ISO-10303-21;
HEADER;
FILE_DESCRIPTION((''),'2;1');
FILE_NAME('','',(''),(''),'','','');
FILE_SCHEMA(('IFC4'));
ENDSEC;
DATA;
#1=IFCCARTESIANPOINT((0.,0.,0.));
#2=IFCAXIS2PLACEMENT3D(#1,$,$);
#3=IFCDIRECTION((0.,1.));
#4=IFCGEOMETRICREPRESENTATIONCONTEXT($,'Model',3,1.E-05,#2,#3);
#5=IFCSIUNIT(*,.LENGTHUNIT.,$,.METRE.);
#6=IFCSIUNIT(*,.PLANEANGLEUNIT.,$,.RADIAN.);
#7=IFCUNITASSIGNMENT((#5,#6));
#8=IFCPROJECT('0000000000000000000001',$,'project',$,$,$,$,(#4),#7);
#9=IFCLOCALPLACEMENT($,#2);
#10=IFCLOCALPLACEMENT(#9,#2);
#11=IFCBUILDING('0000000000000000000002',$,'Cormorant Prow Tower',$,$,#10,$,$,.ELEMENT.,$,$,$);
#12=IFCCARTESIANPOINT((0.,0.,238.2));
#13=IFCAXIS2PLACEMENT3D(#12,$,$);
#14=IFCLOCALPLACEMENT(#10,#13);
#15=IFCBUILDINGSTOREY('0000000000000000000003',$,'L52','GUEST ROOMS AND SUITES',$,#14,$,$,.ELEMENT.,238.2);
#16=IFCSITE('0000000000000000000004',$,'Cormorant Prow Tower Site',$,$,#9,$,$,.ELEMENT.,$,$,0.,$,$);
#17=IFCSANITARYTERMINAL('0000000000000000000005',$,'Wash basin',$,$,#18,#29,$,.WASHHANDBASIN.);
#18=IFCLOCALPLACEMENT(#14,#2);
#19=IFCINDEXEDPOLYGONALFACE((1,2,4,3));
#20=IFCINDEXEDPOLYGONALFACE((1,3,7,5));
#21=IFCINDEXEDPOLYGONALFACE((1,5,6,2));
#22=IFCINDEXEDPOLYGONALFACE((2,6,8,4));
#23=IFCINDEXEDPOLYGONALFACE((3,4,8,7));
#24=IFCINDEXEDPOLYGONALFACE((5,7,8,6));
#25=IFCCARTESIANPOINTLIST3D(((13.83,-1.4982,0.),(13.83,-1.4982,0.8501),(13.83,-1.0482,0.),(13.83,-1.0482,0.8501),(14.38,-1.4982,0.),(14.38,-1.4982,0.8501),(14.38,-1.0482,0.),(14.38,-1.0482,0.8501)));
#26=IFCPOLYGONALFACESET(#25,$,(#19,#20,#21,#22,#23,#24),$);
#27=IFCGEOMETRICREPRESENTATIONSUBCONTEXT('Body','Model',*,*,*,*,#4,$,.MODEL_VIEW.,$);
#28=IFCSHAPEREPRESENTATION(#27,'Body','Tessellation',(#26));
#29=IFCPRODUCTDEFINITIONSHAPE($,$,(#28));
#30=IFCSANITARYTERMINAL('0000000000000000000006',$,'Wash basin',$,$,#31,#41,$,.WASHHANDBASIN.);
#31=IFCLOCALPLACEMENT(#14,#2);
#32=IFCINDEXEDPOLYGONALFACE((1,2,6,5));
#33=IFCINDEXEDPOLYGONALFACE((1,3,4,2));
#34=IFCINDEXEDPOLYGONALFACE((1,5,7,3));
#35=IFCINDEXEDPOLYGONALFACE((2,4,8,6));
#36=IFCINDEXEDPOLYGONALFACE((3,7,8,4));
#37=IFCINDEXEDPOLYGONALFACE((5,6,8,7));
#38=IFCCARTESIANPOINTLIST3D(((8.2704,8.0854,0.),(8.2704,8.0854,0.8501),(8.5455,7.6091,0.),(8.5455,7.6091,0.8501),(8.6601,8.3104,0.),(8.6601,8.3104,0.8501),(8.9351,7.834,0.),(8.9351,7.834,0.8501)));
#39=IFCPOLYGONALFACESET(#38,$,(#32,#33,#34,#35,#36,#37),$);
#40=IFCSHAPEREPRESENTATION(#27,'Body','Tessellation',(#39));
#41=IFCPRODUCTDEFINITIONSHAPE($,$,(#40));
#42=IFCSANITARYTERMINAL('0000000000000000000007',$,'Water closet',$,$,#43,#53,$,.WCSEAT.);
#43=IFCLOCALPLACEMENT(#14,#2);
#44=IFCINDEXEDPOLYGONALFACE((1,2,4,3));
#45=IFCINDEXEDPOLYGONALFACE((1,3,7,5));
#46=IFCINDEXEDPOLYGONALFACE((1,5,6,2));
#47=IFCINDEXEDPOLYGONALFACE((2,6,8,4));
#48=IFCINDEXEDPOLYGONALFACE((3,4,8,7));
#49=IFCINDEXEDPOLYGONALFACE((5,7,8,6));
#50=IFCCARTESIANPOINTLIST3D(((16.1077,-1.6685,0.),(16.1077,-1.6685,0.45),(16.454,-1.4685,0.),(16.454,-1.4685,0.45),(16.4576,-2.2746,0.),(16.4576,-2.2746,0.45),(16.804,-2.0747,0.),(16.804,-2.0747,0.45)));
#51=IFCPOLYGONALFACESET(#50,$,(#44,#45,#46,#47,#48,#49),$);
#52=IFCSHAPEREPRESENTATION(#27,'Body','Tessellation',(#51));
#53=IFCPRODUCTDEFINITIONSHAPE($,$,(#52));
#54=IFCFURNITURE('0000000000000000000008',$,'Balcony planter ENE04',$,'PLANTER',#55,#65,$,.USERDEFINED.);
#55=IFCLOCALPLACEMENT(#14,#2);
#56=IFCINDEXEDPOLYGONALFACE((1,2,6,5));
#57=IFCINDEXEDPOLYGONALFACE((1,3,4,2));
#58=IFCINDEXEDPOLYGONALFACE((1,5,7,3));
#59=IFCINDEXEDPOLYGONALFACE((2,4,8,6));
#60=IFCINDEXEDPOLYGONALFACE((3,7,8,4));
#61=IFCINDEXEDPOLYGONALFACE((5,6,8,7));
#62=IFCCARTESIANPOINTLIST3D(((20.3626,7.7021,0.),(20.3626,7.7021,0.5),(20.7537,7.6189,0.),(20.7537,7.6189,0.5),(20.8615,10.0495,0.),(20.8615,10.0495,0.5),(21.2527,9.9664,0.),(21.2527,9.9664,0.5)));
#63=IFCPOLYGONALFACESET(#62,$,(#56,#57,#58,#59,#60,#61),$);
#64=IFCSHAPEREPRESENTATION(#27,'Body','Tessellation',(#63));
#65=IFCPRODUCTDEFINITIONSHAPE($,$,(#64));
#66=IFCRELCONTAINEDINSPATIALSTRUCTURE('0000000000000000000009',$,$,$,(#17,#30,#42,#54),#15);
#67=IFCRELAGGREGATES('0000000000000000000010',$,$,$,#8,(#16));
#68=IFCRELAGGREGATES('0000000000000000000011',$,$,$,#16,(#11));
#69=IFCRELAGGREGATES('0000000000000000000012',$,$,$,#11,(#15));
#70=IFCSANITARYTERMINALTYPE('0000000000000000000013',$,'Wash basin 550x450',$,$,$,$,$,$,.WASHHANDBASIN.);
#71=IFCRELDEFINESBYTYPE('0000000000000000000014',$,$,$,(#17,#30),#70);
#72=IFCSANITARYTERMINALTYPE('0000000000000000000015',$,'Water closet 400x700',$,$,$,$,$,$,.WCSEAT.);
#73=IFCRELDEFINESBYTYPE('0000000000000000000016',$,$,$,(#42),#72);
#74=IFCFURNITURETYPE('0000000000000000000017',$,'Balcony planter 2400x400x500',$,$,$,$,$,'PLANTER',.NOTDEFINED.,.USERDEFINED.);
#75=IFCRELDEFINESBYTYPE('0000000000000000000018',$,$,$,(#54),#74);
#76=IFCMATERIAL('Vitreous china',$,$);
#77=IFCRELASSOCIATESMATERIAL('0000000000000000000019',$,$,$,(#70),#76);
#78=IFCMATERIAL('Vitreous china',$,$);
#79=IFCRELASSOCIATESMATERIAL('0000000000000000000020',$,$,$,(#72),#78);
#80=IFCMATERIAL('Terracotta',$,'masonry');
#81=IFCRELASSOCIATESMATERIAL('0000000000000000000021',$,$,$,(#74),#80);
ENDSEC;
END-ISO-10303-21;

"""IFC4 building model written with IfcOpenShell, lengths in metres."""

from ifc_helpers import new_model, si_unit, direction, frame, origin, origin_2d, place, context, subcontext, project, spatial, rectangle, extrude, material, type_object, element, save


model = new_model("IFC4")

# Units and contexts
model_context = context("Model", 3, precision=1e-05, world=origin(), true_north=direction((0.0, 1.0)))
body_context = subcontext(model_context, "Body", "Model", "MODEL_VIEW")
ifc_project = project(units=[si_unit("LENGTHUNIT", "METRE"), si_unit("PLANEANGLEUNIT", "RADIAN")], contexts=[model_context])

# Site, building, storey
site_placement = place(None, origin())
site = spatial("IfcSite", under=ifc_project, at=site_placement, Name="Cormorant Prow Tower Site", CompositionType="ELEMENT", RefElevation=0.0)
building_placement = place(site_placement, origin())
building = spatial("IfcBuilding", under=site, at=building_placement, Name="Cormorant Prow Tower", CompositionType="ELEMENT")
storey_placement = place(building_placement, frame((0.0, 0.0, 238.2)))
storey = spatial("IfcBuildingStorey", under=building, at=storey_placement, Name="L52", Description="GUEST ROOMS AND SUITES", CompositionType="ELEMENT", Elevation=238.2)

# Sanitary terminals
ifc_material_1 = material(Name="Vitreous china")
sanitary_terminal_type_1 = type_object("IfcSanitaryTerminalType", Name="Wash basin 550x450", PredefinedType="WASHHANDBASIN", material=ifc_material_1)
for number, where, z_axis, x_axis, name in (
    (1, (14.105, -1.2732, 0.0), (0.0, 0.0, 1.0), (1.0, 0.0, 0.0), "Wash basin"),
    (2, (8.6028, 7.9597, 0.0), (0.0, 0.0, 1.0), (-0.5, 0.866025, 0.0), "Wash basin"),
):
    element("IfcSanitaryTerminal", number, at=place(storey_placement, frame(where, z_axis=z_axis, x_axis=x_axis)), inside=storey, type_object=sanitary_terminal_type_1, Name=name, PredefinedType="WASHHANDBASIN", context=body_context, shape_type="SweptSolid", body=[
        extrude(rectangle(XDim=0.55, YDim=0.45, at=origin_2d()), origin(), (0.0, 0.0, 1.0), 0.8501),
    ])
ifc_material_2 = material(Name="Vitreous china")
sanitary_terminal_type_2 = type_object("IfcSanitaryTerminalType", Name="Water closet 400x700", PredefinedType="WCSEAT", material=ifc_material_2)
sanitary_terminal_placement = place(storey_placement, frame((16.4558, -1.8716, 0.0), z_axis=(0.0, 0.0, 1.0), x_axis=(-0.866025, -0.5, 0.0)))
element("IfcSanitaryTerminal", 3, at=sanitary_terminal_placement, inside=storey, type_object=sanitary_terminal_type_2, Name="Water closet", PredefinedType="WCSEAT", context=body_context, shape_type="SweptSolid", body=[
    extrude(rectangle(XDim=0.3999, YDim=0.7, at=origin_2d()), origin(), (0.0, 0.0, 1.0), 0.45),
])

# Furniture
ifc_material_3 = material(Name="Terracotta", Category="masonry")
furniture_type = type_object("IfcFurnitureType", Name="Balcony planter 2400x400x500", ElementType="PLANTER", AssemblyPlace="NOTDEFINED", PredefinedType="USERDEFINED", material=ifc_material_3)
furniture_placement = place(storey_placement, frame((20.8076, 8.8342, 0.0), z_axis=(0.0, 0.0, 1.0), x_axis=(0.207912, 0.978148, 0.0)))
element("IfcFurniture", 4, at=furniture_placement, inside=storey, type_object=furniture_type, Name="Balcony planter ENE04", ObjectType="PLANTER", PredefinedType="USERDEFINED", context=body_context, shape_type="SweptSolid", body=[
    extrude(rectangle(XDim=2.3999, YDim=0.3999, at=origin_2d()), origin(), (0.0, 0.0, 1.0), 0.5),
])

save(model, "model.ifc")
